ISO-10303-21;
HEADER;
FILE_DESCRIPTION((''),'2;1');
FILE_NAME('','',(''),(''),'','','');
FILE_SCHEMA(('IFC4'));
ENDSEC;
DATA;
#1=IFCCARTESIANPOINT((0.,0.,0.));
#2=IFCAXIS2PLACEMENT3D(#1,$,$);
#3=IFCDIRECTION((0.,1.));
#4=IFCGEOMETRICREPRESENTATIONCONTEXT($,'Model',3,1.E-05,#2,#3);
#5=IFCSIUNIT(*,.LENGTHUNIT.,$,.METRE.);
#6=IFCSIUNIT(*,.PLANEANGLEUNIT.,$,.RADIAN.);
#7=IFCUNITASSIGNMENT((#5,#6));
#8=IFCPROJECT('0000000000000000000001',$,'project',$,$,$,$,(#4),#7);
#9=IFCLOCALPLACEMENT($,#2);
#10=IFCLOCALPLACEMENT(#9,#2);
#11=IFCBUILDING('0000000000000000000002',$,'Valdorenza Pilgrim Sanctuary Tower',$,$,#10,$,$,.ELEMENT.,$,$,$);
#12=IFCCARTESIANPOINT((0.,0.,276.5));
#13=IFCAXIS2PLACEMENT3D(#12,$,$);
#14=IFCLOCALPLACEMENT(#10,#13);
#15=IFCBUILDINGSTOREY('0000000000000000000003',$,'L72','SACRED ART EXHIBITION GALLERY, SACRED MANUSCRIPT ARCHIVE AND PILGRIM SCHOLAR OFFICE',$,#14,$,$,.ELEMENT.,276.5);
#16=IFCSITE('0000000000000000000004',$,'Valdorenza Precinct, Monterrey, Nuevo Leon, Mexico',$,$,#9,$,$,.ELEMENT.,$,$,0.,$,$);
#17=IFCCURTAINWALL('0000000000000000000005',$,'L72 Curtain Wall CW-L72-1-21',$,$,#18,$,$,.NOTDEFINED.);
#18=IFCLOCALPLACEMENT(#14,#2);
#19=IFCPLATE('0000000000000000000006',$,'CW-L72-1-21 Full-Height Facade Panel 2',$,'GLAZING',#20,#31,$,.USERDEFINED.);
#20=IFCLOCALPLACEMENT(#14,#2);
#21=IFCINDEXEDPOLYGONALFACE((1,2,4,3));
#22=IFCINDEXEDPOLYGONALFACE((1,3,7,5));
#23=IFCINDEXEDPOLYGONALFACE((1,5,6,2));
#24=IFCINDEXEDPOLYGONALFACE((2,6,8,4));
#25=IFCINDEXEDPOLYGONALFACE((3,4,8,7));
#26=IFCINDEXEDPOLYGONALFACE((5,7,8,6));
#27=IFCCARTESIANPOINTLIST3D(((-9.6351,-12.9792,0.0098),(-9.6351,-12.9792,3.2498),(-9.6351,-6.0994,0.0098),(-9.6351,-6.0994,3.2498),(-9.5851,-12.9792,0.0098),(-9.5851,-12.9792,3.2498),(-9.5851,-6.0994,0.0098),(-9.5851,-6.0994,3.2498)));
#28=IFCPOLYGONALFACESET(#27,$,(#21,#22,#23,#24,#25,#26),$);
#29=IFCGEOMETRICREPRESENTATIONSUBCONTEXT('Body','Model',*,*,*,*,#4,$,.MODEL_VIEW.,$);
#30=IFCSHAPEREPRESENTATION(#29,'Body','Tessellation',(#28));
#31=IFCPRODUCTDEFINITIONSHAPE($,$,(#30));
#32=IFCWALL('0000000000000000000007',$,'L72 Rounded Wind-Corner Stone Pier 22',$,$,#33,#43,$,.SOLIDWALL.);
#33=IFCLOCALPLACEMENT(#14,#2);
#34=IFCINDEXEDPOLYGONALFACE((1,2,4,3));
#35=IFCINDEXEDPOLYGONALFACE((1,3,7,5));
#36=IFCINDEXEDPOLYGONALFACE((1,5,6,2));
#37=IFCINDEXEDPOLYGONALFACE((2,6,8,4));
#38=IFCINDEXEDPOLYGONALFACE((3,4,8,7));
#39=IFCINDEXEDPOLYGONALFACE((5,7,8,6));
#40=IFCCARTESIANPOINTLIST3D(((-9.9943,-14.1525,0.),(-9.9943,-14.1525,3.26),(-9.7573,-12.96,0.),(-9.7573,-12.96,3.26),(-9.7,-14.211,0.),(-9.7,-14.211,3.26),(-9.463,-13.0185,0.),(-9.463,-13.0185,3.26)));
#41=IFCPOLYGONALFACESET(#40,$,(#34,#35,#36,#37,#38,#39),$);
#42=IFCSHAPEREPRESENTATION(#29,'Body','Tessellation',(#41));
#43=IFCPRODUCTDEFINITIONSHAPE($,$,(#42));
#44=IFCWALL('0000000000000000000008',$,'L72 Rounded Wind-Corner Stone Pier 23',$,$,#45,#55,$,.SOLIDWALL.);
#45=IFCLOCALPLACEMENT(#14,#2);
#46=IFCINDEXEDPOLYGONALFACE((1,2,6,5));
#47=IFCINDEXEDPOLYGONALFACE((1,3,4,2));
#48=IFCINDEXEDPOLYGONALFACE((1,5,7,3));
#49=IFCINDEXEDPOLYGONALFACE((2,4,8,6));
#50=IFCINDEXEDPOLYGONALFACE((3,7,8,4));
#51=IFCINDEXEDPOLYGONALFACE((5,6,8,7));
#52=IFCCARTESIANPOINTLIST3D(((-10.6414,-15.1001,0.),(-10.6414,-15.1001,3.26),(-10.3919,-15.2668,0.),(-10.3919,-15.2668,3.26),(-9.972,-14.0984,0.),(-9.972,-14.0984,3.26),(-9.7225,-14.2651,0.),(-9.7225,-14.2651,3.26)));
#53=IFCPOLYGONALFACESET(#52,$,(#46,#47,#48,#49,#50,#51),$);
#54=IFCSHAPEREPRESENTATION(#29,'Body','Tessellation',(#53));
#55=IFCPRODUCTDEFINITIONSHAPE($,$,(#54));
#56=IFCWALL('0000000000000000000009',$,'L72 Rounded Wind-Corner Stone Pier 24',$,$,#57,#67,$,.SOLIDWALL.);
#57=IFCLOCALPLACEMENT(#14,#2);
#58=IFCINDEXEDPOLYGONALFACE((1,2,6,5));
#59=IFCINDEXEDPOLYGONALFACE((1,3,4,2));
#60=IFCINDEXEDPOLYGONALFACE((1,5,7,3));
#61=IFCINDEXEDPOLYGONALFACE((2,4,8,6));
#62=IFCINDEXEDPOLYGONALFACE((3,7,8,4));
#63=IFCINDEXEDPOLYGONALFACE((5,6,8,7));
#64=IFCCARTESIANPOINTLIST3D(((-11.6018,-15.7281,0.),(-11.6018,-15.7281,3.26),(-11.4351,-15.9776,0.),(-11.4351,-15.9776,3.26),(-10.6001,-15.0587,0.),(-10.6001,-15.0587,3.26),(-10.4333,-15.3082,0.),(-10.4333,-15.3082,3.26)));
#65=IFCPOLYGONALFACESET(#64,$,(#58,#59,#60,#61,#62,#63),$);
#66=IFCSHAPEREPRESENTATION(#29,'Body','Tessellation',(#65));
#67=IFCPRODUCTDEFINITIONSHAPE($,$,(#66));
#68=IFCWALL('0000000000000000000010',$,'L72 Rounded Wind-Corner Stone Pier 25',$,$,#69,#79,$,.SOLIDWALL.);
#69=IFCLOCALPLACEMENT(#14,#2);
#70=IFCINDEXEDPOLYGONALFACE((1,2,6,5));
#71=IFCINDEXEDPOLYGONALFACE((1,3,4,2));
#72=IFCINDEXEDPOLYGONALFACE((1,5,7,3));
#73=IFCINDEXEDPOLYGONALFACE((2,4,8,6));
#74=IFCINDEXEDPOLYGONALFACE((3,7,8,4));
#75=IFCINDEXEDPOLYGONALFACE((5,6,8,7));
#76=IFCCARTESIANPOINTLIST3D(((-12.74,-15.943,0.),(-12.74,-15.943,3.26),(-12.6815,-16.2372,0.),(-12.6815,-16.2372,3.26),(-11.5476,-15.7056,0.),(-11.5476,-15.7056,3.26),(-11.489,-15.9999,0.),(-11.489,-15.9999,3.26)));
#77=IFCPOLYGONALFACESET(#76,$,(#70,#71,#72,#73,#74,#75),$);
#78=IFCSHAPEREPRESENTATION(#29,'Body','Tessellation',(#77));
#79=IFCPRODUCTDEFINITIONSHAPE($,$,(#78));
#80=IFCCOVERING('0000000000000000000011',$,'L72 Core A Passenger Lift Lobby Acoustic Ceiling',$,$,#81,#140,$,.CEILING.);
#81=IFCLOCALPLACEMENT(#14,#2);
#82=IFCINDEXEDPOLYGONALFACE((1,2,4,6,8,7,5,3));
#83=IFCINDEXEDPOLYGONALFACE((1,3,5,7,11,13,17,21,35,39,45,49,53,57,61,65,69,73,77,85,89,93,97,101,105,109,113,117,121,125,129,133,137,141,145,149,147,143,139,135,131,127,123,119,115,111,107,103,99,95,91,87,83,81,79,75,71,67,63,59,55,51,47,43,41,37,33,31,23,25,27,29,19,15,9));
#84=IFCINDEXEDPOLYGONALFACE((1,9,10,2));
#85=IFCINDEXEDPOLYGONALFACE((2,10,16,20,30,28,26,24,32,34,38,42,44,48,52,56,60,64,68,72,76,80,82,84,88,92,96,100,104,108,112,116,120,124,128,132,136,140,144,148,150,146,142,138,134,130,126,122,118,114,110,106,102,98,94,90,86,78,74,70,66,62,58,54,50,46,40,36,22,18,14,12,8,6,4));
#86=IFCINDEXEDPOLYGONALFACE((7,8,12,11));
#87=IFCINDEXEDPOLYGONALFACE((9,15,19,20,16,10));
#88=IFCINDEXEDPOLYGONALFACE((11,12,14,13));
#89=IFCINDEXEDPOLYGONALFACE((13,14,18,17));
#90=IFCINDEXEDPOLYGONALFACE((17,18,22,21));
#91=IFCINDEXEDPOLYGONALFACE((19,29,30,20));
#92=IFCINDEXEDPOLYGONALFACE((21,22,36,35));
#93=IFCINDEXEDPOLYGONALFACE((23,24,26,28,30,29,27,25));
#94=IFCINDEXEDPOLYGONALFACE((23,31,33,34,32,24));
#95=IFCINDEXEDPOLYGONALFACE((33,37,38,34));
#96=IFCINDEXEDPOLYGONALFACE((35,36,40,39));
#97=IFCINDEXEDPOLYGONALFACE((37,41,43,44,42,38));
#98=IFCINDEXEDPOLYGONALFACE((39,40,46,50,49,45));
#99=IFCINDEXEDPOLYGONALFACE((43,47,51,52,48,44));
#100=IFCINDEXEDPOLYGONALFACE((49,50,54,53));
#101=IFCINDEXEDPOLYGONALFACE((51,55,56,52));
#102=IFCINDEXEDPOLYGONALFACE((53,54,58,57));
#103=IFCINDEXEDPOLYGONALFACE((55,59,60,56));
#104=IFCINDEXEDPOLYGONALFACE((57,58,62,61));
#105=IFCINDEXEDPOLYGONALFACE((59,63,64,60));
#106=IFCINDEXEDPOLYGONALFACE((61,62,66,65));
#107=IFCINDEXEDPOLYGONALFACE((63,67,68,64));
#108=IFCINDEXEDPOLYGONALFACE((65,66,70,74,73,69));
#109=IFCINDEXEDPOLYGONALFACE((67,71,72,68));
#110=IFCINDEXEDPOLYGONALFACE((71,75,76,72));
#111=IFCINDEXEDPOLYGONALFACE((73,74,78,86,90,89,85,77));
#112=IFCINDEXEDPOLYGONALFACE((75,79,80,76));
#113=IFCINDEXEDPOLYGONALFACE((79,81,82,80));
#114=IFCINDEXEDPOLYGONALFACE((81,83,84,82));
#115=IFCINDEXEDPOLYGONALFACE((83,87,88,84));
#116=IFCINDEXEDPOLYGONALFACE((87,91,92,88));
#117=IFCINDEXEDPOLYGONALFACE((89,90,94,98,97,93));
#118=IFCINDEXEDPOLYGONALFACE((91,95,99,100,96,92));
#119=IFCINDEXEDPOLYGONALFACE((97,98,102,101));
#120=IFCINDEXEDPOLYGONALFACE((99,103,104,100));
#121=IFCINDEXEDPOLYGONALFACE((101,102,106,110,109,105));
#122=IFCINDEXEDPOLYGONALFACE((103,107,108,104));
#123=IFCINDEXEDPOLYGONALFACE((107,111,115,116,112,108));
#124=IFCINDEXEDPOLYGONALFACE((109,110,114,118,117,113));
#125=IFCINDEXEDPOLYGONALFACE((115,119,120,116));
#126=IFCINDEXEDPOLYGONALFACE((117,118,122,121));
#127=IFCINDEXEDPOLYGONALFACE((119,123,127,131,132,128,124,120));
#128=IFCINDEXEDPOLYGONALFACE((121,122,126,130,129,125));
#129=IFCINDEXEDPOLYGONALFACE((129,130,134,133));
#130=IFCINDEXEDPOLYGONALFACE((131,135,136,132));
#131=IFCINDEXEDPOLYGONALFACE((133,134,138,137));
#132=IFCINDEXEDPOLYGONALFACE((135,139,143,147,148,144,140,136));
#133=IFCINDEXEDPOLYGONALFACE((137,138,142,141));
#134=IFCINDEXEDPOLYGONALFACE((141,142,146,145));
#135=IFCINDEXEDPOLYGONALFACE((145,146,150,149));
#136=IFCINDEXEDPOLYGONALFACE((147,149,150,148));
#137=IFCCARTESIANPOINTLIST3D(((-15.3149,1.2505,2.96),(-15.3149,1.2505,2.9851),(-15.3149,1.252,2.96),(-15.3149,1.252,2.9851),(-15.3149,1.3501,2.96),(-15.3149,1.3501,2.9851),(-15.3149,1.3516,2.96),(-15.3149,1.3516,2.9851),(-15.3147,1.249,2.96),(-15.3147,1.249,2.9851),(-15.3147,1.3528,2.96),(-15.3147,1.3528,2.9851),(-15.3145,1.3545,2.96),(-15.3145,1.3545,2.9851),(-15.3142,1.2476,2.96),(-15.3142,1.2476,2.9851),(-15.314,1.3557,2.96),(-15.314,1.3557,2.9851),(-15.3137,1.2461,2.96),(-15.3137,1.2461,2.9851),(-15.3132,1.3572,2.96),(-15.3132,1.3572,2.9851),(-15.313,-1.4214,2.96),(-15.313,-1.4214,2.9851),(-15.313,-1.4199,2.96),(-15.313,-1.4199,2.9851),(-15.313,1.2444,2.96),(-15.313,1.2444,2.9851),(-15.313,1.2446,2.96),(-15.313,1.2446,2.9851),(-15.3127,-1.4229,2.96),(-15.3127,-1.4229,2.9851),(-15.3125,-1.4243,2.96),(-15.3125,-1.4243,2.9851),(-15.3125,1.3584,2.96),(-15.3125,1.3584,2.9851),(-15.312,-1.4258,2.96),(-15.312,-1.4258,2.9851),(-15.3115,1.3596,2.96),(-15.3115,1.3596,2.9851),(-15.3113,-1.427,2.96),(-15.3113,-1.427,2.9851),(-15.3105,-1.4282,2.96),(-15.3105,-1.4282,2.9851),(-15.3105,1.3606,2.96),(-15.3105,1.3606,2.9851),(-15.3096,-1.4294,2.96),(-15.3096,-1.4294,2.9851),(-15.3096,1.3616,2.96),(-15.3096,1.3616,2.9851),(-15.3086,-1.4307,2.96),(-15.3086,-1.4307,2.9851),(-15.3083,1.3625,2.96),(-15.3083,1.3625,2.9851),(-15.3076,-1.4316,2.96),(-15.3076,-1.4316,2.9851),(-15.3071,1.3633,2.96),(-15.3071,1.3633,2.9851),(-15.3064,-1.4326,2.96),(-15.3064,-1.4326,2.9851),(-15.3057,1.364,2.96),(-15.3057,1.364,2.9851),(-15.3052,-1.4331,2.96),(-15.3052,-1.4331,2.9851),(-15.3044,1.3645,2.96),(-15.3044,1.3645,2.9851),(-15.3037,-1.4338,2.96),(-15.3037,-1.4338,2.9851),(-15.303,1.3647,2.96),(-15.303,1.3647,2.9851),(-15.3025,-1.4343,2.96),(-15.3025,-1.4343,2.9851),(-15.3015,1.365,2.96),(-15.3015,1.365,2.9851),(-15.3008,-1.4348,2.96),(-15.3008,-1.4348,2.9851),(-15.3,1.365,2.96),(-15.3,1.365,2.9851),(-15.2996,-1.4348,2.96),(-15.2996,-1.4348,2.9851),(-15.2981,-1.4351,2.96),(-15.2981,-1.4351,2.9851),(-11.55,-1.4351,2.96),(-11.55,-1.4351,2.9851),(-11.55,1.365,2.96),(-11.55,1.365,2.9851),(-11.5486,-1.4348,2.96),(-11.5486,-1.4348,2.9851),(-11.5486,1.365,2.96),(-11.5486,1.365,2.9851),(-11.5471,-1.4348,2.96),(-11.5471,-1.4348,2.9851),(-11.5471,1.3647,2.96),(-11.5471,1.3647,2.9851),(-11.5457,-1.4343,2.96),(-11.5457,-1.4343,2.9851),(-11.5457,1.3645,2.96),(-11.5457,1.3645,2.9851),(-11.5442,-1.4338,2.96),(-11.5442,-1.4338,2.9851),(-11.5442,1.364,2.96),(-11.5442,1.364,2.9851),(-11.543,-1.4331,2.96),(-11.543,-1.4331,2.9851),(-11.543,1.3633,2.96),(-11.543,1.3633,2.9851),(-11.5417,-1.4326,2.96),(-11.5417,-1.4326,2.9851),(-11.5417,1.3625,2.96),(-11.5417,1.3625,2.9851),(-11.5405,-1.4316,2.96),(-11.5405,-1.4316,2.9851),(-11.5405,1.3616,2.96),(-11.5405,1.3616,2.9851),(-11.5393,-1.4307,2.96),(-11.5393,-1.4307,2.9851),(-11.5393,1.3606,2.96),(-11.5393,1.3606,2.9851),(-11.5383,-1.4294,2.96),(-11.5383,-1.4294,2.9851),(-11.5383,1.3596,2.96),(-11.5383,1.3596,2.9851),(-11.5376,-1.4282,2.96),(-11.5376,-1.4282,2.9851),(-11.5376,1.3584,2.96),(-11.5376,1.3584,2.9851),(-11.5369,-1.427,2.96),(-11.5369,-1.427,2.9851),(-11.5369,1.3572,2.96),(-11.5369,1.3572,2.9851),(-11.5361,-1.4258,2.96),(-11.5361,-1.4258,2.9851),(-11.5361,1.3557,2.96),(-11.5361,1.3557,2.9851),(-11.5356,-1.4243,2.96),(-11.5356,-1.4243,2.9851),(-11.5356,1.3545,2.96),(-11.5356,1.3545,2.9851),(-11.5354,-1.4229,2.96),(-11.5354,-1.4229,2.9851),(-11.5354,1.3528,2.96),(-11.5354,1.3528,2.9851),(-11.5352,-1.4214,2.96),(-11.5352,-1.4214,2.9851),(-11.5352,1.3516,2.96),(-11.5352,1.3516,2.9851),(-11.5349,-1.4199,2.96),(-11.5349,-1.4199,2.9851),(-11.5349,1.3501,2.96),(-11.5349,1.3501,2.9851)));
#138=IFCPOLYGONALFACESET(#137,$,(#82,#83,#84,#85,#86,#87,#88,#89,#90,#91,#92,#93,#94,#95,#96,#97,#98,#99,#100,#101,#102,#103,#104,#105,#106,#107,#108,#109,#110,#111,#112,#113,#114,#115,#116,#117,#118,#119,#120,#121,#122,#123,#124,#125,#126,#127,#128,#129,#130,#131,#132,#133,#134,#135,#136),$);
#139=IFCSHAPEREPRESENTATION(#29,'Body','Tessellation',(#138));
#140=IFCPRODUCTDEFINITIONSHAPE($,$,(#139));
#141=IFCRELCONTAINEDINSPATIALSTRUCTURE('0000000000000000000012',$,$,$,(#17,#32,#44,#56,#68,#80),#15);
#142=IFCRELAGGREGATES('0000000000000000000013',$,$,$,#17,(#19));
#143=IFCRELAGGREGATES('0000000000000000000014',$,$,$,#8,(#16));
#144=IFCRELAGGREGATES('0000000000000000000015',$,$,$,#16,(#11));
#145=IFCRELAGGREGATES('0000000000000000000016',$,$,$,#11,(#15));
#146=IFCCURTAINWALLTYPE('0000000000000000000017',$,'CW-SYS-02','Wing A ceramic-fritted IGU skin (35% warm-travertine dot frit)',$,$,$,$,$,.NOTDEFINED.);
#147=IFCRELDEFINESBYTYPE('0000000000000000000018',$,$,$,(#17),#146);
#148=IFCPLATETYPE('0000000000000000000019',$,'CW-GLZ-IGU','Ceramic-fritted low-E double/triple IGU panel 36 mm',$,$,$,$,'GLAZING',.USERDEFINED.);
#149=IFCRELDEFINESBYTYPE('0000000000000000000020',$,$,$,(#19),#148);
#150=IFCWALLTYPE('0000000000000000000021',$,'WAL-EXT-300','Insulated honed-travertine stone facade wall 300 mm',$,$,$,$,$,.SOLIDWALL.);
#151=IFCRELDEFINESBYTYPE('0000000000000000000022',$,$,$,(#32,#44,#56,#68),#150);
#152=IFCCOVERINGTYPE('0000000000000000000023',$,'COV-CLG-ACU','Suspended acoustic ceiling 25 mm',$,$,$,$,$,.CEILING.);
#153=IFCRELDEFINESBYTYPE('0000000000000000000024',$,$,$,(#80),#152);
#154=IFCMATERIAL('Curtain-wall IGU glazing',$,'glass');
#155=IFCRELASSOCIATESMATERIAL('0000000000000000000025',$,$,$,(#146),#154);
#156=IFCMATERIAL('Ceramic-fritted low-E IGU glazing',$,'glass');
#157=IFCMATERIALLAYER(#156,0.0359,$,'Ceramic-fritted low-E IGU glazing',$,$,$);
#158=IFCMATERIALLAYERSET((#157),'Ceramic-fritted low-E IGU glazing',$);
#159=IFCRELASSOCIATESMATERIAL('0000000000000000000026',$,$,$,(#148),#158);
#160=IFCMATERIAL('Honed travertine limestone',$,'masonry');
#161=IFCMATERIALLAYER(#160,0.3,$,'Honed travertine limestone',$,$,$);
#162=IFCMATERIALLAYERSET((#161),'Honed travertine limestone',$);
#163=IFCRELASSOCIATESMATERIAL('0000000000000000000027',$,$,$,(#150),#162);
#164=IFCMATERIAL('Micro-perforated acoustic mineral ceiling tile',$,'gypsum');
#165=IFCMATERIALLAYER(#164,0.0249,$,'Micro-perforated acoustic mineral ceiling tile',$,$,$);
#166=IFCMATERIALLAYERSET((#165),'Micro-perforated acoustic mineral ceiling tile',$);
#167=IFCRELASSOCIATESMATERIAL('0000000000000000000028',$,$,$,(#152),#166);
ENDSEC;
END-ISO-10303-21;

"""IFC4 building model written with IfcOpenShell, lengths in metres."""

from ifc_helpers import new_model, si_unit, direction, frame, frame_2d, origin, origin_2d, place, context, subcontext, project, spatial, polyline, rectangle, outline, extrude, source, transform, mapped, material, layer, layer_set, type_object, element, aggregate, save


model = new_model("IFC4")

# Units and contexts
model_context = context("Model", 3, precision=1e-05, world=origin(), true_north=direction((0.0, 1.0)))
body_context = subcontext(model_context, "Body", "Model", "MODEL_VIEW")
ifc_project = project(units=[si_unit("LENGTHUNIT", "METRE"), si_unit("PLANEANGLEUNIT", "RADIAN")], contexts=[model_context])

# Site, building, storey
site_placement = place(None, origin())
site = spatial("IfcSite", under=ifc_project, at=site_placement, Name="Valdorenza Precinct, Monterrey, Nuevo Leon, Mexico", CompositionType="ELEMENT", RefElevation=0.0)
building_placement = place(site_placement, origin())
building = spatial("IfcBuilding", under=site, at=building_placement, Name="Valdorenza Pilgrim Sanctuary Tower", CompositionType="ELEMENT")
storey_placement = place(building_placement, frame((0.0, 0.0, 276.5)))
storey = spatial("IfcBuildingStorey", under=building, at=storey_placement, Name="L72", Description="SACRED ART EXHIBITION GALLERY, SACRED MANUSCRIPT ARCHIVE AND PILGRIM SCHOLAR OFFICE", CompositionType="ELEMENT", Elevation=276.5)

# Curtain wall
ifc_material_1 = material(Name="Curtain-wall IGU glazing", Category="glass")
curtain_wall_type = type_object("IfcCurtainWallType", Name="CW-SYS-02", Description="Wing A ceramic-fritted IGU skin (35% warm-travertine dot frit)", PredefinedType="NOTDEFINED", material=ifc_material_1)
curtain_wall_placement = place(storey_placement, origin())
curtain_wall = element("IfcCurtainWall", 1, at=curtain_wall_placement, inside=storey, type_object=curtain_wall_type, Name="L72 Curtain Wall CW-L72-1-21", PredefinedType="NOTDEFINED")

# Plate
ifc_material_2 = material(Name="Honed travertine limestone", Category="masonry")
ifc_material_3 = material(Name="Ceramic-fritted low-E IGU glazing", Category="glass")
ifc_layer_1 = layer(ifc_material_3, 0.0359, Name="Ceramic-fritted low-E IGU glazing")
ifc_layer_set_1 = layer_set([ifc_layer_1], Name="Ceramic-fritted low-E IGU glazing")
plate_type_1 = type_object("IfcPlateType", Name="CW-GLZ-IGU", Description="Ceramic-fritted low-E double/triple IGU panel 36 mm", ElementType="GLAZING", PredefinedType="USERDEFINED", material=ifc_layer_set_1)
shared_shape_1 = source(origin(), body_context, "Body", "SweptSolid", [
    extrude(rectangle(XDim=6.8799, YDim=0.05, at=origin_2d()), origin(), (0.0, 0.0, 1.0), 3.24),
])
plate_1_placement = place(storey_placement, frame((-9.6101, -9.5393, 0.0098), z_axis=(0.0, 0.0, 1.0), x_axis=(0.0, -1.0, 0.0)))
plate_1 = element("IfcPlate", 2, at=plate_1_placement, type_object=plate_type_1, Name="CW-L72-1-21 Full-Height Facade Panel 2", ObjectType="GLAZING", PredefinedType="USERDEFINED", context=body_context, shape_type="MappedRepresentation", body=[
    mapped(shared_shape_1, transform((0.0, 0.0, 0.0), x_axis=(1.0, 0.0, 0.0), y_axis=(0.0, 1.0, 0.0), z_axis=(0.0, 0.0, 1.0), scale=1.0)),
])
aggregate(curtain_wall, [plate_1])

# Walls
ifc_layer_2 = layer(ifc_material_2, 0.3, Name="Honed travertine limestone")
ifc_layer_set_2 = layer_set([ifc_layer_2], Name="Honed travertine limestone")
wall_type = type_object("IfcWallType", Name="WAL-EXT-300", Description="Insulated honed-travertine stone facade wall 300 mm", PredefinedType="SOLIDWALL", material=ifc_layer_set_2)
wall_1_placement = place(storey_placement, frame((-9.6101, -12.9893, 0.0), z_axis=(0.0, 0.0, 1.0), x_axis=(-0.194996, -0.980804, 0.0)))
element("IfcWall", 3, at=wall_1_placement, inside=storey, type_object=wall_type, Name="L72 Rounded Wind-Corner Stone Pier 22", PredefinedType="SOLIDWALL", context=body_context, shape_type="SweptSolid", body=[
    extrude(rectangle(XDim=1.2158, YDim=0.3, at=frame_2d((0.6079, 0.0))), origin(), (0.0, 0.0, 1.0), 3.26),
])
for number, where, z_axis, x_axis, name in (
    (4, (-9.8472, -14.1816, 0.0), (0.0, 0.0, 1.0), (-0.555635, -0.831426, 0.0), "L72 Rounded Wind-Corner Stone Pier 23"),
    (5, (-10.5166, -15.1833, 0.0), (0.0, 0.0, 1.0), (-0.831426, -0.555635, 0.0), "L72 Rounded Wind-Corner Stone Pier 24"),
):
    element("IfcWall", number, at=place(storey_placement, frame(where, z_axis=z_axis, x_axis=x_axis)), inside=storey, type_object=wall_type, Name=name, PredefinedType="SOLIDWALL", context=body_context, shape_type="SweptSolid", body=[
        extrude(rectangle(XDim=1.2048, YDim=0.3, at=frame_2d((0.6025, 0.0))), origin(), (0.0, 0.0, 1.0), 3.26),
    ])
wall_2_placement = place(storey_placement, frame((-11.5183, -15.8528, 0.0), z_axis=(0.0, 0.0, 1.0), x_axis=(-0.980766, -0.195189, 0.0)))
element("IfcWall", 6, at=wall_2_placement, inside=storey, type_object=wall_type, Name="L72 Rounded Wind-Corner Stone Pier 25", PredefinedType="SOLIDWALL", context=body_context, shape_type="SweptSolid", body=[
    extrude(rectangle(XDim=1.2158, YDim=0.3, at=frame_2d((0.6079, 0.0))), origin(), (0.0, 0.0, 1.0), 3.26),
])

# Covering
ifc_material_4 = material(Name="Micro-perforated acoustic mineral ceiling tile", Category="gypsum")
ifc_layer_3 = layer(ifc_material_4, 0.0249, Name="Micro-perforated acoustic mineral ceiling tile")
ifc_layer_set_3 = layer_set([ifc_layer_3], Name="Micro-perforated acoustic mineral ceiling tile")
covering_type_1 = type_object("IfcCoveringType", Name="COV-CLG-ACU", Description="Suspended acoustic ceiling 25 mm", PredefinedType="CEILING", material=ifc_layer_set_3)
covering_1_placement = place(storey_placement, frame((0.0, 0.0, 2.96)))
element("IfcCovering", 7, at=covering_1_placement, inside=storey, type_object=covering_type_1, Name="L72 Core A Passenger Lift Lobby Acoustic Ceiling", PredefinedType="CEILING", context=body_context, shape_type="SweptSolid", body=[
    extrude(outline(polyline([(-15.3149, 1.3501), (-15.3149, 1.3516), (-15.3147, 1.3528), (-15.3145, 1.3545), (-15.314, 1.3557), (-15.3132, 1.3572), (-15.3125, 1.3584), (-15.3115, 1.3596), (-15.3105, 1.3606), (-15.3096, 1.3616), (-15.3083, 1.3625), (-15.3071, 1.3633), (-15.3057, 1.364), (-15.3044, 1.3645), (-15.303, 1.3647), (-15.3015, 1.365), (-15.3, 1.365), (-11.55, 1.365), (-11.5486, 1.365), (-11.5471, 1.3647), (-11.5457, 1.3645), (-11.5442, 1.364), (-11.543, 1.3633), (-11.5417, 1.3625), (-11.5405, 1.3616), (-11.5393, 1.3606), (-11.5383, 1.3596), (-11.5376, 1.3584), (-11.5369, 1.3572), (-11.5361, 1.3557), (-11.5356, 1.3545), (-11.5354, 1.3528), (-11.5352, 1.3516), (-11.5349, 1.3501), (-11.5349, -1.4199), (-11.5352, -1.4214), (-11.5354, -1.4229), (-11.5356, -1.4243), (-11.5361, -1.4258), (-11.5369, -1.427), (-11.5376, -1.4282), (-11.5383, -1.4294), (-11.5393, -1.4307), (-11.5405, -1.4316), (-11.5417, -1.4326), (-11.543, -1.4331), (-11.5442, -1.4338), (-11.5457, -1.4343), (-11.5471, -1.4348), (-11.5486, -1.4348), (-11.55, -1.4351), (-15.2981, -1.4351), (-15.2996, -1.4348), (-15.3008, -1.4348), (-15.3025, -1.4343), (-15.3037, -1.4338), (-15.3052, -1.4331), (-15.3064, -1.4326), (-15.3076, -1.4316), (-15.3086, -1.4307), (-15.3096, -1.4294), (-15.3105, -1.4282), (-15.3113, -1.427), (-15.312, -1.4258), (-15.3125, -1.4243), (-15.3127, -1.4229), (-15.313, -1.4214), (-15.313, -1.4199), (-15.313, 1.2444), (-15.313, 1.2446), (-15.3137, 1.2461), (-15.3142, 1.2476), (-15.3147, 1.249), (-15.3149, 1.2505), (-15.3149, 1.252), (-15.3149, 1.3501)])), origin(), (0.0, 0.0, 1.0), 0.0251),
])

save(model, "model.ifc")
